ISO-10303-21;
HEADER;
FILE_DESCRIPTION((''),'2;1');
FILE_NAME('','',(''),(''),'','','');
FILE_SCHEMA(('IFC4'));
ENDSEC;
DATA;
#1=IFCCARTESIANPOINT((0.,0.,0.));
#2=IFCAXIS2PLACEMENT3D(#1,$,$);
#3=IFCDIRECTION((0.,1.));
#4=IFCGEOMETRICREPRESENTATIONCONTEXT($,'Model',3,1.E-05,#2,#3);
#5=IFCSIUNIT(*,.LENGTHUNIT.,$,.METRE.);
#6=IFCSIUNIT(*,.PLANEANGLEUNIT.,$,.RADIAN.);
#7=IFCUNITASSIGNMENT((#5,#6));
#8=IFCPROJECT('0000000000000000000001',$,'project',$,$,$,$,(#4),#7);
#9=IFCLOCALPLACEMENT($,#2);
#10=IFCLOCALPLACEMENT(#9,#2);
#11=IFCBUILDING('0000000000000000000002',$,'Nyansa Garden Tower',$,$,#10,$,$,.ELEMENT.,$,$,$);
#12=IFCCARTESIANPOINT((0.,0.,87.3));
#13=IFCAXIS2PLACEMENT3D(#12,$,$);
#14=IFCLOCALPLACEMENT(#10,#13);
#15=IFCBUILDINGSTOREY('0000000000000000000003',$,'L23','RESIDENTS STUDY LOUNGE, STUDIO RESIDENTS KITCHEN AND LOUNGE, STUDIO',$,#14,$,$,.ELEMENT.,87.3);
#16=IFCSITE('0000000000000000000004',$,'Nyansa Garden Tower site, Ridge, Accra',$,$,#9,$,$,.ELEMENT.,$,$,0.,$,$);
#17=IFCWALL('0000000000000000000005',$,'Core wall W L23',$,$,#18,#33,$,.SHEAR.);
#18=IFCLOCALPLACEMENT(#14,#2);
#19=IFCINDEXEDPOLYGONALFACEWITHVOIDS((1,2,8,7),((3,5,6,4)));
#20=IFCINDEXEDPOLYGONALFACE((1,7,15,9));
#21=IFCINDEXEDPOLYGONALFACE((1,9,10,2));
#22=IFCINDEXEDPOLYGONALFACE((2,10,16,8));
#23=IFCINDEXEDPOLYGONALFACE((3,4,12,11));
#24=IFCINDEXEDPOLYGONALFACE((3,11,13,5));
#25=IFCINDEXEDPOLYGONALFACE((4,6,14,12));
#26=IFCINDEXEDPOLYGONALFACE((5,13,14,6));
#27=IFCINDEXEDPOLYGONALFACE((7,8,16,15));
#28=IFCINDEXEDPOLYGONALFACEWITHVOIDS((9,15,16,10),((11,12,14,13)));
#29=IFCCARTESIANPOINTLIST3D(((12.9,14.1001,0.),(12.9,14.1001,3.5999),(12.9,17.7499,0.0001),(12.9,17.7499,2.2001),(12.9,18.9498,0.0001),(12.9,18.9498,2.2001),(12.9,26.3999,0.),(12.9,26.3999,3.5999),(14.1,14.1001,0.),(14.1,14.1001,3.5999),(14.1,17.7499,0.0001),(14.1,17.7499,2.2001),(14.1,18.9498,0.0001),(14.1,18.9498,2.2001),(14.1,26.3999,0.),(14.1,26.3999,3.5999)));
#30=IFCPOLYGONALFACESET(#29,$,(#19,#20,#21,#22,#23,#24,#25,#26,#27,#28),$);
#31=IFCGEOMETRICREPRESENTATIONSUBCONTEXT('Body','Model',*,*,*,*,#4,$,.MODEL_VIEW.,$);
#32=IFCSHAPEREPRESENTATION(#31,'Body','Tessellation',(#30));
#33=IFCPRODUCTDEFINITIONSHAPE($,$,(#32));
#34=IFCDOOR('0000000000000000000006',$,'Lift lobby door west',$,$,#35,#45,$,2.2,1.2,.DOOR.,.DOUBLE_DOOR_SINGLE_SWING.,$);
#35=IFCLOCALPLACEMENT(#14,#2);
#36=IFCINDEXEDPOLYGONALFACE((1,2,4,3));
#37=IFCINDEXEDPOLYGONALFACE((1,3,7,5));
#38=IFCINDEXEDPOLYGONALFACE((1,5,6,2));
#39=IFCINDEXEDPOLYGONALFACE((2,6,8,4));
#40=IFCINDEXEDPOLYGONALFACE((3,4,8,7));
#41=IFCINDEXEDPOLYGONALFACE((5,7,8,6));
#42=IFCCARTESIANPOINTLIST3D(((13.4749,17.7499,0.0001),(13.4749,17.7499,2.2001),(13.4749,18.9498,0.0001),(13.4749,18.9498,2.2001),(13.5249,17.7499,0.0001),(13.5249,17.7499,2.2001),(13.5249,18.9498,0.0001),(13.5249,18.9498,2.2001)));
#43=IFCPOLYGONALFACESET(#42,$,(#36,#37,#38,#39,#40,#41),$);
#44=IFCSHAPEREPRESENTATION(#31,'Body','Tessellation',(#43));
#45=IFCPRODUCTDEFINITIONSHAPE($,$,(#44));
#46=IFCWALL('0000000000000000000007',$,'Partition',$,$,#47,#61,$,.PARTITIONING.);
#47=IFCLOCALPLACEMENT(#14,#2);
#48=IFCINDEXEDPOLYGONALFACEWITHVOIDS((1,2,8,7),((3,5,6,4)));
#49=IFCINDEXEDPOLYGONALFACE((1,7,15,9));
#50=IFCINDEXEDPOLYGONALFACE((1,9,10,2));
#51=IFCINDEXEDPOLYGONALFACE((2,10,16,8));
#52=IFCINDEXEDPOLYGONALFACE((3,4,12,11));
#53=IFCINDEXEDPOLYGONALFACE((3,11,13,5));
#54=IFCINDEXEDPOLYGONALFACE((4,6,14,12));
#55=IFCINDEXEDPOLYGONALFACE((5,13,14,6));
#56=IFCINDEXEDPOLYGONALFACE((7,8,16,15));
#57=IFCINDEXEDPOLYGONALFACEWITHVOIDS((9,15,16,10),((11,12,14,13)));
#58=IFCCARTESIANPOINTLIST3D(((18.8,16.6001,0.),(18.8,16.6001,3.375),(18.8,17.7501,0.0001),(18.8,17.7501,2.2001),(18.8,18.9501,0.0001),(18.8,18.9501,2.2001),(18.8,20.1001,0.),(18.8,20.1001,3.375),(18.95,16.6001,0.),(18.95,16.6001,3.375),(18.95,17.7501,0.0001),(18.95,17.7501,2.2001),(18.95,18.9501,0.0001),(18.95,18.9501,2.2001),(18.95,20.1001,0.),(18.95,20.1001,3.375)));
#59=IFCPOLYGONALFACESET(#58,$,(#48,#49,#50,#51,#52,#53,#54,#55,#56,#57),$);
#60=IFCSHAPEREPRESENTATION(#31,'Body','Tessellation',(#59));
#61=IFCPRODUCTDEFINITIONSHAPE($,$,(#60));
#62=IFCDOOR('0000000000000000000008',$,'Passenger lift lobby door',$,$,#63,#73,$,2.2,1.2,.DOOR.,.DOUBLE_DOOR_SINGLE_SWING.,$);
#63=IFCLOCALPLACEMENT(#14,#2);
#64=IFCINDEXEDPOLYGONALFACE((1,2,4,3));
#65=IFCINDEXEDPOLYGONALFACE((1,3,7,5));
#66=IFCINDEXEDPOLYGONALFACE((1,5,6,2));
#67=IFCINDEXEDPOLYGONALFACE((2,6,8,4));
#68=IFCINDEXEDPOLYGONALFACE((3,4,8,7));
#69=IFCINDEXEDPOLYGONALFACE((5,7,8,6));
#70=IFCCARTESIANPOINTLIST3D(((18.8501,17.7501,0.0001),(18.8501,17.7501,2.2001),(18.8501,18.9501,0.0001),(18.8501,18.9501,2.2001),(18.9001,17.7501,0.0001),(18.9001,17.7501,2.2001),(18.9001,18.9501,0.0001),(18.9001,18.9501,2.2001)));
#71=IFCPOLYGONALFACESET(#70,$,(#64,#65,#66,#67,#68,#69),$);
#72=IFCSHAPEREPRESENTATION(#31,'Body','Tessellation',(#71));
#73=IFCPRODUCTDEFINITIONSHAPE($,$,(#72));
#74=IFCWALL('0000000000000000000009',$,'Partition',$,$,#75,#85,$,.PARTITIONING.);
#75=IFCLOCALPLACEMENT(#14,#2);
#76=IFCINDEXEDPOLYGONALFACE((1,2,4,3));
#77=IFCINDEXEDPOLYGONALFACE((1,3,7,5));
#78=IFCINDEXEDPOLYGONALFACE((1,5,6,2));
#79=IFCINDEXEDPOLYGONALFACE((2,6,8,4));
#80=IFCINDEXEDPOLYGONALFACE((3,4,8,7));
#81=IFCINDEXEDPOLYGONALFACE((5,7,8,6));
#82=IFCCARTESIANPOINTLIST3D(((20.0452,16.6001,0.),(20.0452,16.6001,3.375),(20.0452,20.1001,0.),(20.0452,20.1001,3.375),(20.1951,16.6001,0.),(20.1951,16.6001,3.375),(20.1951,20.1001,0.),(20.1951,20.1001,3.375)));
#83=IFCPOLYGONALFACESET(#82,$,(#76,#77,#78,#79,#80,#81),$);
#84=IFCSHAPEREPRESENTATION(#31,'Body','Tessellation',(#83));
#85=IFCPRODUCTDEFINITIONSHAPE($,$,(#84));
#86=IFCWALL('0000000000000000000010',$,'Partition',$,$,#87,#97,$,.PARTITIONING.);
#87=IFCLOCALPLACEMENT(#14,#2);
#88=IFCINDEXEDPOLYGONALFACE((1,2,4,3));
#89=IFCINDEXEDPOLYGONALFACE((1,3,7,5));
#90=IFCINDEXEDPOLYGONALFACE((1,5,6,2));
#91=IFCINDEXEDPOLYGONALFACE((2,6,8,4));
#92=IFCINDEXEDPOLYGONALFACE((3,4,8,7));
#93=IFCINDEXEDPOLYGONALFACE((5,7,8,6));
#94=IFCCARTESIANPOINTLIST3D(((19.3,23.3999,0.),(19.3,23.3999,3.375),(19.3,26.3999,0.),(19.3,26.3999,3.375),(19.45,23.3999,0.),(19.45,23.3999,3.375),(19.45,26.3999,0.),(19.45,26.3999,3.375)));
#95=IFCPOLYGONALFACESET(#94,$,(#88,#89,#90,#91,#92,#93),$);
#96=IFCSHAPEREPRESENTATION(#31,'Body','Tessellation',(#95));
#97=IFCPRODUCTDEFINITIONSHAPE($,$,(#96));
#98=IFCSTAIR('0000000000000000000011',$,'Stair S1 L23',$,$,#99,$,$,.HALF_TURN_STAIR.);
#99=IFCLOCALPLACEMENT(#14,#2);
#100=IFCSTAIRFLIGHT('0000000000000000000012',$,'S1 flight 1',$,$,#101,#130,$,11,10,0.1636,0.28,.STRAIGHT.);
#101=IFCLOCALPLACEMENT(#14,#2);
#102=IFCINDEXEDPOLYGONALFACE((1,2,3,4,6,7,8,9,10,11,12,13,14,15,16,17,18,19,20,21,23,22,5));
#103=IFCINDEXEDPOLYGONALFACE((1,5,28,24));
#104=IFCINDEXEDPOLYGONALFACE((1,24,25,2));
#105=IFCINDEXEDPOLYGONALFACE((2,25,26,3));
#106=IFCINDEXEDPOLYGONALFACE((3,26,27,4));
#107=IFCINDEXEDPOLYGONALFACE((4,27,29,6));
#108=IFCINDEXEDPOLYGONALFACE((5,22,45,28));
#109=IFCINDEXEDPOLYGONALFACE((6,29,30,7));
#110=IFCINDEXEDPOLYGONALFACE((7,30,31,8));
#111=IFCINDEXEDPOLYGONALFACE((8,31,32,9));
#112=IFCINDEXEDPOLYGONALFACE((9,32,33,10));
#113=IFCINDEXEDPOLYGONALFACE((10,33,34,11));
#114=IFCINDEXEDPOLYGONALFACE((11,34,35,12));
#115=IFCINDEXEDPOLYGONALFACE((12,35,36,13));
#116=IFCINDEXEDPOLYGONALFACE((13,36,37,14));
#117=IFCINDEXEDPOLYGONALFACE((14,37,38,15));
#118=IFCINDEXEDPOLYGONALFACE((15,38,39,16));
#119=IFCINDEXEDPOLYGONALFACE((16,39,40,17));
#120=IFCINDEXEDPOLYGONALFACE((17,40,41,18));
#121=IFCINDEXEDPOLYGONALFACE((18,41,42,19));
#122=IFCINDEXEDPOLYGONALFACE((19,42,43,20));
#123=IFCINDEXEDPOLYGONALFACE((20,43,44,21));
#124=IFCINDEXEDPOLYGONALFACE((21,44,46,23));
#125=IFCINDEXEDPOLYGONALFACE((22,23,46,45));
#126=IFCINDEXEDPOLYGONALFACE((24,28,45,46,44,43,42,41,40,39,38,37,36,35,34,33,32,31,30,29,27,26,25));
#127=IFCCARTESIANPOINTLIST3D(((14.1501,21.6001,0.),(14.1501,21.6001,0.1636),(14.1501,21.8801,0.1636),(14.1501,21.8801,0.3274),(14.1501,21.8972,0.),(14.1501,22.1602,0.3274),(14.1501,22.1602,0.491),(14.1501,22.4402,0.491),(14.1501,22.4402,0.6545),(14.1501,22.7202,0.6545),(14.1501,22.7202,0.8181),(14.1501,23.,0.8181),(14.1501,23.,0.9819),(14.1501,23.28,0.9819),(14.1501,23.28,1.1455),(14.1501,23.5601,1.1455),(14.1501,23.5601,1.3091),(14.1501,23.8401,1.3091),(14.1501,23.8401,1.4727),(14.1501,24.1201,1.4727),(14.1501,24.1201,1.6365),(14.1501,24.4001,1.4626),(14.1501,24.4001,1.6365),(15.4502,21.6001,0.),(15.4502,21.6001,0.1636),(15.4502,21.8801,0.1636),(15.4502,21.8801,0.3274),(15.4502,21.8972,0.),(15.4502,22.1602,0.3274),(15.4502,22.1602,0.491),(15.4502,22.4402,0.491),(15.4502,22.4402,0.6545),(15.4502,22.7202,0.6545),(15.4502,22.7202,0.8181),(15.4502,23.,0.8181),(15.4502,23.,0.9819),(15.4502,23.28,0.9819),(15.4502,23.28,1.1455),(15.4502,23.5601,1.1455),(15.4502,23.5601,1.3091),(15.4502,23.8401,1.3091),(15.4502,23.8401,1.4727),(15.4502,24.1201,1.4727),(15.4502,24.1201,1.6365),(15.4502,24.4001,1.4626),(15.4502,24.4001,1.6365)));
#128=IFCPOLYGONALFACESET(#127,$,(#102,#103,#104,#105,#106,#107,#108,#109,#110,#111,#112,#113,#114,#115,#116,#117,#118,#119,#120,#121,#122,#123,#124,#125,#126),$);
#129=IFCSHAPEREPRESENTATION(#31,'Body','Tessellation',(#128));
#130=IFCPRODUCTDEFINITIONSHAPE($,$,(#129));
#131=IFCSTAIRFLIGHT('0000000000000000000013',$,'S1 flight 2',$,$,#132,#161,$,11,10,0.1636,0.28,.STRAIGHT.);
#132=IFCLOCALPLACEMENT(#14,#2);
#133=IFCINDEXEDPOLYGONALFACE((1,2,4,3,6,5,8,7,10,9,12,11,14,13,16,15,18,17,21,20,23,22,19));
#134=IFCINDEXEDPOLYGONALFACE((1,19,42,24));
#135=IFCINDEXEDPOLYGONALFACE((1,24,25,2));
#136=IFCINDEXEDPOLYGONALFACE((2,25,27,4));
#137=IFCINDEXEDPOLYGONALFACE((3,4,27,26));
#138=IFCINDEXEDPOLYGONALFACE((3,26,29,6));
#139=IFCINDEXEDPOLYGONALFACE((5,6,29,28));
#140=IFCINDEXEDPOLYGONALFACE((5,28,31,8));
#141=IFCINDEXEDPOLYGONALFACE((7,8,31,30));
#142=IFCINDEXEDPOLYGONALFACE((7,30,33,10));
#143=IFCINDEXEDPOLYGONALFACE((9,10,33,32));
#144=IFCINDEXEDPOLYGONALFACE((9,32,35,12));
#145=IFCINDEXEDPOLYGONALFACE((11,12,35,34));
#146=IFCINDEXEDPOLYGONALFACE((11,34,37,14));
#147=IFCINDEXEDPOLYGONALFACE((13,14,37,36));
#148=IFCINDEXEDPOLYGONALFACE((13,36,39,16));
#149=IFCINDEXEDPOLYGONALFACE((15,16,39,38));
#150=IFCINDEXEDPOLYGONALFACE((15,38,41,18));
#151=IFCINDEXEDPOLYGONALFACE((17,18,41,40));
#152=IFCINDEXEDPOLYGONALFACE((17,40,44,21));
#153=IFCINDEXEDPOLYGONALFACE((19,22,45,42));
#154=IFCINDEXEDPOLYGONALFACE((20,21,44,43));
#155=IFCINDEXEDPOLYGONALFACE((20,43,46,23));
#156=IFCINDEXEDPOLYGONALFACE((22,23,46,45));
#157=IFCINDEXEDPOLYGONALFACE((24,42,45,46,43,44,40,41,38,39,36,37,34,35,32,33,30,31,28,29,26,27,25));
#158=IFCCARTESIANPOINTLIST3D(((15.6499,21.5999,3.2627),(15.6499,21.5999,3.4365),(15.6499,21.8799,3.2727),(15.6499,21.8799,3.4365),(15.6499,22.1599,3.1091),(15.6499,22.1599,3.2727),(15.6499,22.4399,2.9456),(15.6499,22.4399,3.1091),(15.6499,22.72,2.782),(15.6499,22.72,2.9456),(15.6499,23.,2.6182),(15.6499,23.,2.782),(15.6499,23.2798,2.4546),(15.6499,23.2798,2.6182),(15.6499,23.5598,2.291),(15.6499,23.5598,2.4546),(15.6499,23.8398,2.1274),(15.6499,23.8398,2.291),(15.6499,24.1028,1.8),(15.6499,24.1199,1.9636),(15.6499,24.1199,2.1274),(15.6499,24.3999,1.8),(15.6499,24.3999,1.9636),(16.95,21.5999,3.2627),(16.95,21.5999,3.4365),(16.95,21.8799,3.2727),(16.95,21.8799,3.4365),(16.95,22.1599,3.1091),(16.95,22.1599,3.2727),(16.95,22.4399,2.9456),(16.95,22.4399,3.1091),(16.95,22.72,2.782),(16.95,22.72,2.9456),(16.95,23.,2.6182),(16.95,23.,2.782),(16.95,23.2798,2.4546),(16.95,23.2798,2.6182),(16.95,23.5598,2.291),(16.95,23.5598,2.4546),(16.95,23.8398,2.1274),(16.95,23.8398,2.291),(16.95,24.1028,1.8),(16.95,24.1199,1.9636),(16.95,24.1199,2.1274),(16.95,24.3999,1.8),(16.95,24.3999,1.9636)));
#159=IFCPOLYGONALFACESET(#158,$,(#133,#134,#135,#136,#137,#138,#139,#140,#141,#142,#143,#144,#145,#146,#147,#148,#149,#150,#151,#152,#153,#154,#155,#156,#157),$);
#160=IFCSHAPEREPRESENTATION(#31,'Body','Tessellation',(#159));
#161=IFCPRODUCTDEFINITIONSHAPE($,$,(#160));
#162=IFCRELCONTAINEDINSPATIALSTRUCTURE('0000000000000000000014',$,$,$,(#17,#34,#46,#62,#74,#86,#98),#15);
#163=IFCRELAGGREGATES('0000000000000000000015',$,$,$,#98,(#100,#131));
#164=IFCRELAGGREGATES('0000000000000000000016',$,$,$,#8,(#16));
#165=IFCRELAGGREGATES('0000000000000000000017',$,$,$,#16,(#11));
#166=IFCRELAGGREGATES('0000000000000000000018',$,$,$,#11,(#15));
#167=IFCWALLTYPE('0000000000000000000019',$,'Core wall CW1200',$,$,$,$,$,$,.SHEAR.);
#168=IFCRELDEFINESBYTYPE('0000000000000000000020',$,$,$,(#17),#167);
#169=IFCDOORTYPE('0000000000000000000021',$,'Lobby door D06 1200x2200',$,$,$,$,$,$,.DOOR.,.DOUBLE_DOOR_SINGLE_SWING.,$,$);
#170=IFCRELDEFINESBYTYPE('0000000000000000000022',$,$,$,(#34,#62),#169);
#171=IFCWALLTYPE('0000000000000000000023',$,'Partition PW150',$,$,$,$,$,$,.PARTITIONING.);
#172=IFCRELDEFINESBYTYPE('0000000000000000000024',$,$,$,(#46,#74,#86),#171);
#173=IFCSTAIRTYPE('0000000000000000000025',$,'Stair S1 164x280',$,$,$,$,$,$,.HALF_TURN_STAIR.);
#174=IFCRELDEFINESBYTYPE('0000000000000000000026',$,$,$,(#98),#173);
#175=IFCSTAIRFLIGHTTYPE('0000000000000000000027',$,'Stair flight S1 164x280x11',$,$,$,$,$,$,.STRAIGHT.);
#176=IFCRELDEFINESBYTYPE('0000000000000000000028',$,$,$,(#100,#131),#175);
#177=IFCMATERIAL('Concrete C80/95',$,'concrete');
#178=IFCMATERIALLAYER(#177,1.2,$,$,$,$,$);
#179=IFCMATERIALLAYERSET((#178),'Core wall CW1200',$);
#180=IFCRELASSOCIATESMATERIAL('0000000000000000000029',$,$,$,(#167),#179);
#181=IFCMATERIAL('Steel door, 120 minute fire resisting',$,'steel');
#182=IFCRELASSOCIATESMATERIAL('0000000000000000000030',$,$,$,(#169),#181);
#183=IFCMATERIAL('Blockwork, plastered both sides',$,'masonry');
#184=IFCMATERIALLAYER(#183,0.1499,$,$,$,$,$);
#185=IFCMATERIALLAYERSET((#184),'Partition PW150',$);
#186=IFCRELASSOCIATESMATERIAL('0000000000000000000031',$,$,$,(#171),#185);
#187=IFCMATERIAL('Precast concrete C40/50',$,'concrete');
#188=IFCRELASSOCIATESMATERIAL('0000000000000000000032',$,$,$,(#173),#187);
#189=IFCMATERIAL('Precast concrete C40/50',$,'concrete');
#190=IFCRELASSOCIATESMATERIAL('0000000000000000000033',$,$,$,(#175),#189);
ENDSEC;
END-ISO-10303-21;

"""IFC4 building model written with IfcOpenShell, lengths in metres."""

from ifc_helpers import new_model, si_unit, direction, frame, frame_2d, origin, place, context, subcontext, project, spatial, polyline, rectangle, outline, extrude, material, layer, layer_set, type_object, element, fill, aggregate, save


model = new_model("IFC4")

# Units and contexts
model_context = context("Model", 3, precision=1e-05, world=origin(), true_north=direction((0.0, 1.0)))
body_context = subcontext(model_context, "Body", "Model", "MODEL_VIEW")
ifc_project = project(units=[si_unit("LENGTHUNIT", "METRE"), si_unit("PLANEANGLEUNIT", "RADIAN")], contexts=[model_context])

# Site, building, storey
site_placement = place(None, origin())
site = spatial("IfcSite", under=ifc_project, at=site_placement, Name="Nyansa Garden Tower site, Ridge, Accra", CompositionType="ELEMENT", RefElevation=0.0)
building_placement = place(site_placement, origin())
building = spatial("IfcBuilding", under=site, at=building_placement, Name="Nyansa Garden Tower", CompositionType="ELEMENT")
storey_placement = place(building_placement, frame((0.0, 0.0, 87.3)))
storey = spatial("IfcBuildingStorey", under=building, at=storey_placement, Name="L23", Description="RESIDENTS STUDY LOUNGE, STUDIO RESIDENTS KITCHEN AND LOUNGE, STUDIO", CompositionType="ELEMENT", Elevation=87.3)

# Shared definitions
ifc_material_1 = material(Name="Concrete C80/95", Category="concrete")
ifc_layer_1 = layer(ifc_material_1, 1.2)
ifc_layer_set_1 = layer_set([ifc_layer_1], Name="Core wall CW1200")
wall_type_1 = type_object("IfcWallType", Name="Core wall CW1200", PredefinedType="SHEAR", material=ifc_layer_set_1)

# Walls, openings, doors
wall_1_placement = place(storey_placement, frame((13.5, 26.3999, 0.0), z_axis=(0.0, 0.0, 1.0), x_axis=(0.0, -1.0, 0.0)))
wall_1 = element("IfcWall", 1, at=wall_1_placement, inside=storey, type_object=wall_type_1, Name="Core wall W L23", PredefinedType="SHEAR", context=body_context, shape_type="SweptSolid", body=[
    extrude(rectangle(XDim=12.2998, YDim=1.2, at=frame_2d((6.1499, 0.0))), origin(), (0.0, 0.0, 1.0), 3.5999),
])
opening_1_placement = place(wall_1_placement, frame((7.45, 0.0, 0.0)))
opening_1 = element("IfcOpeningElement", 2, at=opening_1_placement, cuts=wall_1, PredefinedType="OPENING", context=body_context, shape_type="SweptSolid", body=[
    extrude(rectangle(XDim=1.2, YDim=2.2, at=frame_2d((0.6001, 1.1001))), frame((0.0, 0.6099, 0.0), z_axis=(0.0, -1.0, 0.0), x_axis=(1.0, 0.0, 0.0)), (0.0, 0.0, 1.0), 1.22),
])
ifc_material_2 = material(Name="Steel door, 120 minute fire resisting", Category="steel")
door_type_1 = type_object("IfcDoorType", Name="Lobby door D06 1200x2200", OperationType="DOUBLE_DOOR_SINGLE_SWING", PredefinedType="DOOR", material=ifc_material_2)
door_1_placement = place(opening_1_placement, origin())
door_1 = element("IfcDoor", 3, at=door_1_placement, inside=storey, type_object=door_type_1, Name="Lift lobby door west", OperationType="DOUBLE_DOOR_SINGLE_SWING", OverallHeight=2.2, OverallWidth=1.2, PredefinedType="DOOR", context=body_context, shape_type="SweptSolid", body=[
    extrude(rectangle(XDim=1.2, YDim=2.2, at=frame_2d((0.6001, 1.1001))), frame((0.0, 0.0249, 0.0), z_axis=(0.0, -1.0, 0.0), x_axis=(1.0, 0.0, 0.0)), (0.0, 0.0, 1.0), 0.05),
])
fill(opening_1, door_1)
ifc_material_3 = material(Name="Blockwork, plastered both sides", Category="masonry")
ifc_layer_2 = layer(ifc_material_3, 0.1499)
ifc_layer_set_2 = layer_set([ifc_layer_2], Name="Partition PW150")
wall_type_2 = type_object("IfcWallType", Name="Partition PW150", PredefinedType="PARTITIONING", material=ifc_layer_set_2)
wall_2_placement = place(storey_placement, frame((18.875, 16.6001, 0.0), z_axis=(0.0, 0.0, 1.0), x_axis=(0.0, 1.0, 0.0)))
wall_2 = element("IfcWall", 4, at=wall_2_placement, inside=storey, type_object=wall_type_2, Name="Partition", PredefinedType="PARTITIONING", context=body_context, shape_type="SweptSolid", body=[
    extrude(rectangle(XDim=3.5, YDim=0.1499, at=frame_2d((1.75, 0.0))), origin(), (0.0, 0.0, 1.0), 3.375),
])
opening_2_placement = place(wall_2_placement, frame((1.1499, 0.0, 0.0)))
opening_2 = element("IfcOpeningElement", 5, at=opening_2_placement, cuts=wall_2, PredefinedType="OPENING", context=body_context, shape_type="SweptSolid", body=[
    extrude(rectangle(XDim=1.2, YDim=2.2, at=frame_2d((0.6001, 1.1001))), frame((0.0, 0.085, 0.0), z_axis=(0.0, -1.0, 0.0), x_axis=(1.0, 0.0, 0.0)), (0.0, 0.0, 1.0), 0.1699),
])
door_2_placement = place(opening_2_placement, origin())
door_2 = element("IfcDoor", 6, at=door_2_placement, inside=storey, type_object=door_type_1, Name="Passenger lift lobby door", OperationType="DOUBLE_DOOR_SINGLE_SWING", OverallHeight=2.2, OverallWidth=1.2, PredefinedType="DOOR", context=body_context, shape_type="SweptSolid", body=[
    extrude(rectangle(XDim=1.2, YDim=2.2, at=frame_2d((0.6001, 1.1001))), frame((0.0, 0.0249, 0.0), z_axis=(0.0, -1.0, 0.0), x_axis=(1.0, 0.0, 0.0)), (0.0, 0.0, 1.0), 0.05),
])
fill(opening_2, door_2)

# Walls
wall_3_placement = place(storey_placement, frame((20.1201, 16.6001, 0.0), z_axis=(0.0, 0.0, 1.0), x_axis=(0.0, 1.0, 0.0)))
element("IfcWall", 7, at=wall_3_placement, inside=storey, type_object=wall_type_2, Name="Partition", PredefinedType="PARTITIONING", context=body_context, shape_type="SweptSolid", body=[
    extrude(rectangle(XDim=3.5, YDim=0.1499, at=frame_2d((1.75, 0.0))), origin(), (0.0, 0.0, 1.0), 3.375),
])
wall_4_placement = place(storey_placement, frame((19.375, 23.3999, 0.0), z_axis=(0.0, 0.0, 1.0), x_axis=(0.0, 1.0, 0.0)))
element("IfcWall", 8, at=wall_4_placement, inside=storey, type_object=wall_type_2, Name="Partition", PredefinedType="PARTITIONING", context=body_context, shape_type="SweptSolid", body=[
    extrude(rectangle(XDim=3.0, YDim=0.1499, at=frame_2d((1.5, 0.0))), origin(), (0.0, 0.0, 1.0), 3.375),
])

# Stair, stair flights
ifc_material_4 = material(Name="Precast concrete C40/50", Category="concrete")
stair_type = type_object("IfcStairType", Name="Stair S1 164x280", PredefinedType="HALF_TURN_STAIR", material=ifc_material_4)
stair_placement = place(storey_placement, origin())
stair = element("IfcStair", 9, at=stair_placement, inside=storey, type_object=stair_type, Name="Stair S1 L23", PredefinedType="HALF_TURN_STAIR")
ifc_material_5 = material(Name="Precast concrete C40/50", Category="concrete")
stair_flight_type = type_object("IfcStairFlightType", Name="Stair flight S1 164x280x11", PredefinedType="STRAIGHT", material=ifc_material_5)
stair_flight_1_placement = place(storey_placement, frame((14.8, 21.6001, 0.0), z_axis=(0.0, 0.0, 1.0), x_axis=(0.0, 1.0, 0.0)))
stair_flight_1 = element("IfcStairFlight", 10, at=stair_flight_1_placement, type_object=stair_flight_type, Name="S1 flight 1", NumberOfRisers=11, NumberOfTreads=10, PredefinedType="STRAIGHT", RiserHeight=0.1636, TreadLength=0.28, context=body_context, shape_type="SweptSolid", body=[
    extrude(outline(polyline([(0.0, 0.0), (0.0, 0.1636), (0.28, 0.1636), (0.28, 0.3274), (0.5601, 0.3274), (0.5601, 0.491), (0.8401, 0.491), (0.8401, 0.6545), (1.1201, 0.6545), (1.1201, 0.8181), (1.3999, 0.8181), (1.3999, 0.9819), (1.6799, 0.9819), (1.6799, 1.1455), (1.96, 1.1455), (1.96, 1.3091), (2.24, 1.3091), (2.24, 1.4727), (2.52, 1.4727), (2.52, 1.6365), (2.8, 1.6365), (2.8, 1.8), (2.8, 1.4626), (0.2971, 0.0), (0.0, 0.0)])), frame((0.0, 0.6499, 0.0), z_axis=(0.0, -1.0, 0.0), x_axis=(1.0, 0.0, 0.0)), (0.0, 0.0, 1.0), 1.3),
])
stair_flight_2_placement = place(storey_placement, frame((16.3, 24.3999, 1.8), z_axis=(0.0, 0.0, 1.0), x_axis=(0.0, -1.0, 0.0)))
stair_flight_2 = element("IfcStairFlight", 11, at=stair_flight_2_placement, type_object=stair_flight_type, Name="S1 flight 2", NumberOfRisers=11, NumberOfTreads=10, PredefinedType="STRAIGHT", RiserHeight=0.1636, TreadLength=0.28, context=body_context, shape_type="SweptSolid", body=[
    extrude(outline(polyline([(0.0, 0.0), (0.0, 0.1636), (0.28, 0.1636), (0.28, 0.3274), (0.5601, 0.3274), (0.5601, 0.491), (0.8401, 0.491), (0.8401, 0.6545), (1.1201, 0.6545), (1.1201, 0.8181), (1.3999, 0.8181), (1.3999, 0.9819), (1.6799, 0.9819), (1.6799, 1.1455), (1.96, 1.1455), (1.96, 1.3091), (2.24, 1.3091), (2.24, 1.4727), (2.52, 1.4727), (2.52, 1.6365), (2.8, 1.6365), (2.8, 1.8), (2.8, 1.4626), (0.2971, 0.0), (0.0, 0.0)])), frame((0.0, 0.6499, 0.0), z_axis=(0.0, -1.0, 0.0), x_axis=(1.0, 0.0, 0.0)), (0.0, 0.0, 1.0), 1.3),
])
aggregate(stair, [stair_flight_1, stair_flight_2])

save(model, "model.ifc")
